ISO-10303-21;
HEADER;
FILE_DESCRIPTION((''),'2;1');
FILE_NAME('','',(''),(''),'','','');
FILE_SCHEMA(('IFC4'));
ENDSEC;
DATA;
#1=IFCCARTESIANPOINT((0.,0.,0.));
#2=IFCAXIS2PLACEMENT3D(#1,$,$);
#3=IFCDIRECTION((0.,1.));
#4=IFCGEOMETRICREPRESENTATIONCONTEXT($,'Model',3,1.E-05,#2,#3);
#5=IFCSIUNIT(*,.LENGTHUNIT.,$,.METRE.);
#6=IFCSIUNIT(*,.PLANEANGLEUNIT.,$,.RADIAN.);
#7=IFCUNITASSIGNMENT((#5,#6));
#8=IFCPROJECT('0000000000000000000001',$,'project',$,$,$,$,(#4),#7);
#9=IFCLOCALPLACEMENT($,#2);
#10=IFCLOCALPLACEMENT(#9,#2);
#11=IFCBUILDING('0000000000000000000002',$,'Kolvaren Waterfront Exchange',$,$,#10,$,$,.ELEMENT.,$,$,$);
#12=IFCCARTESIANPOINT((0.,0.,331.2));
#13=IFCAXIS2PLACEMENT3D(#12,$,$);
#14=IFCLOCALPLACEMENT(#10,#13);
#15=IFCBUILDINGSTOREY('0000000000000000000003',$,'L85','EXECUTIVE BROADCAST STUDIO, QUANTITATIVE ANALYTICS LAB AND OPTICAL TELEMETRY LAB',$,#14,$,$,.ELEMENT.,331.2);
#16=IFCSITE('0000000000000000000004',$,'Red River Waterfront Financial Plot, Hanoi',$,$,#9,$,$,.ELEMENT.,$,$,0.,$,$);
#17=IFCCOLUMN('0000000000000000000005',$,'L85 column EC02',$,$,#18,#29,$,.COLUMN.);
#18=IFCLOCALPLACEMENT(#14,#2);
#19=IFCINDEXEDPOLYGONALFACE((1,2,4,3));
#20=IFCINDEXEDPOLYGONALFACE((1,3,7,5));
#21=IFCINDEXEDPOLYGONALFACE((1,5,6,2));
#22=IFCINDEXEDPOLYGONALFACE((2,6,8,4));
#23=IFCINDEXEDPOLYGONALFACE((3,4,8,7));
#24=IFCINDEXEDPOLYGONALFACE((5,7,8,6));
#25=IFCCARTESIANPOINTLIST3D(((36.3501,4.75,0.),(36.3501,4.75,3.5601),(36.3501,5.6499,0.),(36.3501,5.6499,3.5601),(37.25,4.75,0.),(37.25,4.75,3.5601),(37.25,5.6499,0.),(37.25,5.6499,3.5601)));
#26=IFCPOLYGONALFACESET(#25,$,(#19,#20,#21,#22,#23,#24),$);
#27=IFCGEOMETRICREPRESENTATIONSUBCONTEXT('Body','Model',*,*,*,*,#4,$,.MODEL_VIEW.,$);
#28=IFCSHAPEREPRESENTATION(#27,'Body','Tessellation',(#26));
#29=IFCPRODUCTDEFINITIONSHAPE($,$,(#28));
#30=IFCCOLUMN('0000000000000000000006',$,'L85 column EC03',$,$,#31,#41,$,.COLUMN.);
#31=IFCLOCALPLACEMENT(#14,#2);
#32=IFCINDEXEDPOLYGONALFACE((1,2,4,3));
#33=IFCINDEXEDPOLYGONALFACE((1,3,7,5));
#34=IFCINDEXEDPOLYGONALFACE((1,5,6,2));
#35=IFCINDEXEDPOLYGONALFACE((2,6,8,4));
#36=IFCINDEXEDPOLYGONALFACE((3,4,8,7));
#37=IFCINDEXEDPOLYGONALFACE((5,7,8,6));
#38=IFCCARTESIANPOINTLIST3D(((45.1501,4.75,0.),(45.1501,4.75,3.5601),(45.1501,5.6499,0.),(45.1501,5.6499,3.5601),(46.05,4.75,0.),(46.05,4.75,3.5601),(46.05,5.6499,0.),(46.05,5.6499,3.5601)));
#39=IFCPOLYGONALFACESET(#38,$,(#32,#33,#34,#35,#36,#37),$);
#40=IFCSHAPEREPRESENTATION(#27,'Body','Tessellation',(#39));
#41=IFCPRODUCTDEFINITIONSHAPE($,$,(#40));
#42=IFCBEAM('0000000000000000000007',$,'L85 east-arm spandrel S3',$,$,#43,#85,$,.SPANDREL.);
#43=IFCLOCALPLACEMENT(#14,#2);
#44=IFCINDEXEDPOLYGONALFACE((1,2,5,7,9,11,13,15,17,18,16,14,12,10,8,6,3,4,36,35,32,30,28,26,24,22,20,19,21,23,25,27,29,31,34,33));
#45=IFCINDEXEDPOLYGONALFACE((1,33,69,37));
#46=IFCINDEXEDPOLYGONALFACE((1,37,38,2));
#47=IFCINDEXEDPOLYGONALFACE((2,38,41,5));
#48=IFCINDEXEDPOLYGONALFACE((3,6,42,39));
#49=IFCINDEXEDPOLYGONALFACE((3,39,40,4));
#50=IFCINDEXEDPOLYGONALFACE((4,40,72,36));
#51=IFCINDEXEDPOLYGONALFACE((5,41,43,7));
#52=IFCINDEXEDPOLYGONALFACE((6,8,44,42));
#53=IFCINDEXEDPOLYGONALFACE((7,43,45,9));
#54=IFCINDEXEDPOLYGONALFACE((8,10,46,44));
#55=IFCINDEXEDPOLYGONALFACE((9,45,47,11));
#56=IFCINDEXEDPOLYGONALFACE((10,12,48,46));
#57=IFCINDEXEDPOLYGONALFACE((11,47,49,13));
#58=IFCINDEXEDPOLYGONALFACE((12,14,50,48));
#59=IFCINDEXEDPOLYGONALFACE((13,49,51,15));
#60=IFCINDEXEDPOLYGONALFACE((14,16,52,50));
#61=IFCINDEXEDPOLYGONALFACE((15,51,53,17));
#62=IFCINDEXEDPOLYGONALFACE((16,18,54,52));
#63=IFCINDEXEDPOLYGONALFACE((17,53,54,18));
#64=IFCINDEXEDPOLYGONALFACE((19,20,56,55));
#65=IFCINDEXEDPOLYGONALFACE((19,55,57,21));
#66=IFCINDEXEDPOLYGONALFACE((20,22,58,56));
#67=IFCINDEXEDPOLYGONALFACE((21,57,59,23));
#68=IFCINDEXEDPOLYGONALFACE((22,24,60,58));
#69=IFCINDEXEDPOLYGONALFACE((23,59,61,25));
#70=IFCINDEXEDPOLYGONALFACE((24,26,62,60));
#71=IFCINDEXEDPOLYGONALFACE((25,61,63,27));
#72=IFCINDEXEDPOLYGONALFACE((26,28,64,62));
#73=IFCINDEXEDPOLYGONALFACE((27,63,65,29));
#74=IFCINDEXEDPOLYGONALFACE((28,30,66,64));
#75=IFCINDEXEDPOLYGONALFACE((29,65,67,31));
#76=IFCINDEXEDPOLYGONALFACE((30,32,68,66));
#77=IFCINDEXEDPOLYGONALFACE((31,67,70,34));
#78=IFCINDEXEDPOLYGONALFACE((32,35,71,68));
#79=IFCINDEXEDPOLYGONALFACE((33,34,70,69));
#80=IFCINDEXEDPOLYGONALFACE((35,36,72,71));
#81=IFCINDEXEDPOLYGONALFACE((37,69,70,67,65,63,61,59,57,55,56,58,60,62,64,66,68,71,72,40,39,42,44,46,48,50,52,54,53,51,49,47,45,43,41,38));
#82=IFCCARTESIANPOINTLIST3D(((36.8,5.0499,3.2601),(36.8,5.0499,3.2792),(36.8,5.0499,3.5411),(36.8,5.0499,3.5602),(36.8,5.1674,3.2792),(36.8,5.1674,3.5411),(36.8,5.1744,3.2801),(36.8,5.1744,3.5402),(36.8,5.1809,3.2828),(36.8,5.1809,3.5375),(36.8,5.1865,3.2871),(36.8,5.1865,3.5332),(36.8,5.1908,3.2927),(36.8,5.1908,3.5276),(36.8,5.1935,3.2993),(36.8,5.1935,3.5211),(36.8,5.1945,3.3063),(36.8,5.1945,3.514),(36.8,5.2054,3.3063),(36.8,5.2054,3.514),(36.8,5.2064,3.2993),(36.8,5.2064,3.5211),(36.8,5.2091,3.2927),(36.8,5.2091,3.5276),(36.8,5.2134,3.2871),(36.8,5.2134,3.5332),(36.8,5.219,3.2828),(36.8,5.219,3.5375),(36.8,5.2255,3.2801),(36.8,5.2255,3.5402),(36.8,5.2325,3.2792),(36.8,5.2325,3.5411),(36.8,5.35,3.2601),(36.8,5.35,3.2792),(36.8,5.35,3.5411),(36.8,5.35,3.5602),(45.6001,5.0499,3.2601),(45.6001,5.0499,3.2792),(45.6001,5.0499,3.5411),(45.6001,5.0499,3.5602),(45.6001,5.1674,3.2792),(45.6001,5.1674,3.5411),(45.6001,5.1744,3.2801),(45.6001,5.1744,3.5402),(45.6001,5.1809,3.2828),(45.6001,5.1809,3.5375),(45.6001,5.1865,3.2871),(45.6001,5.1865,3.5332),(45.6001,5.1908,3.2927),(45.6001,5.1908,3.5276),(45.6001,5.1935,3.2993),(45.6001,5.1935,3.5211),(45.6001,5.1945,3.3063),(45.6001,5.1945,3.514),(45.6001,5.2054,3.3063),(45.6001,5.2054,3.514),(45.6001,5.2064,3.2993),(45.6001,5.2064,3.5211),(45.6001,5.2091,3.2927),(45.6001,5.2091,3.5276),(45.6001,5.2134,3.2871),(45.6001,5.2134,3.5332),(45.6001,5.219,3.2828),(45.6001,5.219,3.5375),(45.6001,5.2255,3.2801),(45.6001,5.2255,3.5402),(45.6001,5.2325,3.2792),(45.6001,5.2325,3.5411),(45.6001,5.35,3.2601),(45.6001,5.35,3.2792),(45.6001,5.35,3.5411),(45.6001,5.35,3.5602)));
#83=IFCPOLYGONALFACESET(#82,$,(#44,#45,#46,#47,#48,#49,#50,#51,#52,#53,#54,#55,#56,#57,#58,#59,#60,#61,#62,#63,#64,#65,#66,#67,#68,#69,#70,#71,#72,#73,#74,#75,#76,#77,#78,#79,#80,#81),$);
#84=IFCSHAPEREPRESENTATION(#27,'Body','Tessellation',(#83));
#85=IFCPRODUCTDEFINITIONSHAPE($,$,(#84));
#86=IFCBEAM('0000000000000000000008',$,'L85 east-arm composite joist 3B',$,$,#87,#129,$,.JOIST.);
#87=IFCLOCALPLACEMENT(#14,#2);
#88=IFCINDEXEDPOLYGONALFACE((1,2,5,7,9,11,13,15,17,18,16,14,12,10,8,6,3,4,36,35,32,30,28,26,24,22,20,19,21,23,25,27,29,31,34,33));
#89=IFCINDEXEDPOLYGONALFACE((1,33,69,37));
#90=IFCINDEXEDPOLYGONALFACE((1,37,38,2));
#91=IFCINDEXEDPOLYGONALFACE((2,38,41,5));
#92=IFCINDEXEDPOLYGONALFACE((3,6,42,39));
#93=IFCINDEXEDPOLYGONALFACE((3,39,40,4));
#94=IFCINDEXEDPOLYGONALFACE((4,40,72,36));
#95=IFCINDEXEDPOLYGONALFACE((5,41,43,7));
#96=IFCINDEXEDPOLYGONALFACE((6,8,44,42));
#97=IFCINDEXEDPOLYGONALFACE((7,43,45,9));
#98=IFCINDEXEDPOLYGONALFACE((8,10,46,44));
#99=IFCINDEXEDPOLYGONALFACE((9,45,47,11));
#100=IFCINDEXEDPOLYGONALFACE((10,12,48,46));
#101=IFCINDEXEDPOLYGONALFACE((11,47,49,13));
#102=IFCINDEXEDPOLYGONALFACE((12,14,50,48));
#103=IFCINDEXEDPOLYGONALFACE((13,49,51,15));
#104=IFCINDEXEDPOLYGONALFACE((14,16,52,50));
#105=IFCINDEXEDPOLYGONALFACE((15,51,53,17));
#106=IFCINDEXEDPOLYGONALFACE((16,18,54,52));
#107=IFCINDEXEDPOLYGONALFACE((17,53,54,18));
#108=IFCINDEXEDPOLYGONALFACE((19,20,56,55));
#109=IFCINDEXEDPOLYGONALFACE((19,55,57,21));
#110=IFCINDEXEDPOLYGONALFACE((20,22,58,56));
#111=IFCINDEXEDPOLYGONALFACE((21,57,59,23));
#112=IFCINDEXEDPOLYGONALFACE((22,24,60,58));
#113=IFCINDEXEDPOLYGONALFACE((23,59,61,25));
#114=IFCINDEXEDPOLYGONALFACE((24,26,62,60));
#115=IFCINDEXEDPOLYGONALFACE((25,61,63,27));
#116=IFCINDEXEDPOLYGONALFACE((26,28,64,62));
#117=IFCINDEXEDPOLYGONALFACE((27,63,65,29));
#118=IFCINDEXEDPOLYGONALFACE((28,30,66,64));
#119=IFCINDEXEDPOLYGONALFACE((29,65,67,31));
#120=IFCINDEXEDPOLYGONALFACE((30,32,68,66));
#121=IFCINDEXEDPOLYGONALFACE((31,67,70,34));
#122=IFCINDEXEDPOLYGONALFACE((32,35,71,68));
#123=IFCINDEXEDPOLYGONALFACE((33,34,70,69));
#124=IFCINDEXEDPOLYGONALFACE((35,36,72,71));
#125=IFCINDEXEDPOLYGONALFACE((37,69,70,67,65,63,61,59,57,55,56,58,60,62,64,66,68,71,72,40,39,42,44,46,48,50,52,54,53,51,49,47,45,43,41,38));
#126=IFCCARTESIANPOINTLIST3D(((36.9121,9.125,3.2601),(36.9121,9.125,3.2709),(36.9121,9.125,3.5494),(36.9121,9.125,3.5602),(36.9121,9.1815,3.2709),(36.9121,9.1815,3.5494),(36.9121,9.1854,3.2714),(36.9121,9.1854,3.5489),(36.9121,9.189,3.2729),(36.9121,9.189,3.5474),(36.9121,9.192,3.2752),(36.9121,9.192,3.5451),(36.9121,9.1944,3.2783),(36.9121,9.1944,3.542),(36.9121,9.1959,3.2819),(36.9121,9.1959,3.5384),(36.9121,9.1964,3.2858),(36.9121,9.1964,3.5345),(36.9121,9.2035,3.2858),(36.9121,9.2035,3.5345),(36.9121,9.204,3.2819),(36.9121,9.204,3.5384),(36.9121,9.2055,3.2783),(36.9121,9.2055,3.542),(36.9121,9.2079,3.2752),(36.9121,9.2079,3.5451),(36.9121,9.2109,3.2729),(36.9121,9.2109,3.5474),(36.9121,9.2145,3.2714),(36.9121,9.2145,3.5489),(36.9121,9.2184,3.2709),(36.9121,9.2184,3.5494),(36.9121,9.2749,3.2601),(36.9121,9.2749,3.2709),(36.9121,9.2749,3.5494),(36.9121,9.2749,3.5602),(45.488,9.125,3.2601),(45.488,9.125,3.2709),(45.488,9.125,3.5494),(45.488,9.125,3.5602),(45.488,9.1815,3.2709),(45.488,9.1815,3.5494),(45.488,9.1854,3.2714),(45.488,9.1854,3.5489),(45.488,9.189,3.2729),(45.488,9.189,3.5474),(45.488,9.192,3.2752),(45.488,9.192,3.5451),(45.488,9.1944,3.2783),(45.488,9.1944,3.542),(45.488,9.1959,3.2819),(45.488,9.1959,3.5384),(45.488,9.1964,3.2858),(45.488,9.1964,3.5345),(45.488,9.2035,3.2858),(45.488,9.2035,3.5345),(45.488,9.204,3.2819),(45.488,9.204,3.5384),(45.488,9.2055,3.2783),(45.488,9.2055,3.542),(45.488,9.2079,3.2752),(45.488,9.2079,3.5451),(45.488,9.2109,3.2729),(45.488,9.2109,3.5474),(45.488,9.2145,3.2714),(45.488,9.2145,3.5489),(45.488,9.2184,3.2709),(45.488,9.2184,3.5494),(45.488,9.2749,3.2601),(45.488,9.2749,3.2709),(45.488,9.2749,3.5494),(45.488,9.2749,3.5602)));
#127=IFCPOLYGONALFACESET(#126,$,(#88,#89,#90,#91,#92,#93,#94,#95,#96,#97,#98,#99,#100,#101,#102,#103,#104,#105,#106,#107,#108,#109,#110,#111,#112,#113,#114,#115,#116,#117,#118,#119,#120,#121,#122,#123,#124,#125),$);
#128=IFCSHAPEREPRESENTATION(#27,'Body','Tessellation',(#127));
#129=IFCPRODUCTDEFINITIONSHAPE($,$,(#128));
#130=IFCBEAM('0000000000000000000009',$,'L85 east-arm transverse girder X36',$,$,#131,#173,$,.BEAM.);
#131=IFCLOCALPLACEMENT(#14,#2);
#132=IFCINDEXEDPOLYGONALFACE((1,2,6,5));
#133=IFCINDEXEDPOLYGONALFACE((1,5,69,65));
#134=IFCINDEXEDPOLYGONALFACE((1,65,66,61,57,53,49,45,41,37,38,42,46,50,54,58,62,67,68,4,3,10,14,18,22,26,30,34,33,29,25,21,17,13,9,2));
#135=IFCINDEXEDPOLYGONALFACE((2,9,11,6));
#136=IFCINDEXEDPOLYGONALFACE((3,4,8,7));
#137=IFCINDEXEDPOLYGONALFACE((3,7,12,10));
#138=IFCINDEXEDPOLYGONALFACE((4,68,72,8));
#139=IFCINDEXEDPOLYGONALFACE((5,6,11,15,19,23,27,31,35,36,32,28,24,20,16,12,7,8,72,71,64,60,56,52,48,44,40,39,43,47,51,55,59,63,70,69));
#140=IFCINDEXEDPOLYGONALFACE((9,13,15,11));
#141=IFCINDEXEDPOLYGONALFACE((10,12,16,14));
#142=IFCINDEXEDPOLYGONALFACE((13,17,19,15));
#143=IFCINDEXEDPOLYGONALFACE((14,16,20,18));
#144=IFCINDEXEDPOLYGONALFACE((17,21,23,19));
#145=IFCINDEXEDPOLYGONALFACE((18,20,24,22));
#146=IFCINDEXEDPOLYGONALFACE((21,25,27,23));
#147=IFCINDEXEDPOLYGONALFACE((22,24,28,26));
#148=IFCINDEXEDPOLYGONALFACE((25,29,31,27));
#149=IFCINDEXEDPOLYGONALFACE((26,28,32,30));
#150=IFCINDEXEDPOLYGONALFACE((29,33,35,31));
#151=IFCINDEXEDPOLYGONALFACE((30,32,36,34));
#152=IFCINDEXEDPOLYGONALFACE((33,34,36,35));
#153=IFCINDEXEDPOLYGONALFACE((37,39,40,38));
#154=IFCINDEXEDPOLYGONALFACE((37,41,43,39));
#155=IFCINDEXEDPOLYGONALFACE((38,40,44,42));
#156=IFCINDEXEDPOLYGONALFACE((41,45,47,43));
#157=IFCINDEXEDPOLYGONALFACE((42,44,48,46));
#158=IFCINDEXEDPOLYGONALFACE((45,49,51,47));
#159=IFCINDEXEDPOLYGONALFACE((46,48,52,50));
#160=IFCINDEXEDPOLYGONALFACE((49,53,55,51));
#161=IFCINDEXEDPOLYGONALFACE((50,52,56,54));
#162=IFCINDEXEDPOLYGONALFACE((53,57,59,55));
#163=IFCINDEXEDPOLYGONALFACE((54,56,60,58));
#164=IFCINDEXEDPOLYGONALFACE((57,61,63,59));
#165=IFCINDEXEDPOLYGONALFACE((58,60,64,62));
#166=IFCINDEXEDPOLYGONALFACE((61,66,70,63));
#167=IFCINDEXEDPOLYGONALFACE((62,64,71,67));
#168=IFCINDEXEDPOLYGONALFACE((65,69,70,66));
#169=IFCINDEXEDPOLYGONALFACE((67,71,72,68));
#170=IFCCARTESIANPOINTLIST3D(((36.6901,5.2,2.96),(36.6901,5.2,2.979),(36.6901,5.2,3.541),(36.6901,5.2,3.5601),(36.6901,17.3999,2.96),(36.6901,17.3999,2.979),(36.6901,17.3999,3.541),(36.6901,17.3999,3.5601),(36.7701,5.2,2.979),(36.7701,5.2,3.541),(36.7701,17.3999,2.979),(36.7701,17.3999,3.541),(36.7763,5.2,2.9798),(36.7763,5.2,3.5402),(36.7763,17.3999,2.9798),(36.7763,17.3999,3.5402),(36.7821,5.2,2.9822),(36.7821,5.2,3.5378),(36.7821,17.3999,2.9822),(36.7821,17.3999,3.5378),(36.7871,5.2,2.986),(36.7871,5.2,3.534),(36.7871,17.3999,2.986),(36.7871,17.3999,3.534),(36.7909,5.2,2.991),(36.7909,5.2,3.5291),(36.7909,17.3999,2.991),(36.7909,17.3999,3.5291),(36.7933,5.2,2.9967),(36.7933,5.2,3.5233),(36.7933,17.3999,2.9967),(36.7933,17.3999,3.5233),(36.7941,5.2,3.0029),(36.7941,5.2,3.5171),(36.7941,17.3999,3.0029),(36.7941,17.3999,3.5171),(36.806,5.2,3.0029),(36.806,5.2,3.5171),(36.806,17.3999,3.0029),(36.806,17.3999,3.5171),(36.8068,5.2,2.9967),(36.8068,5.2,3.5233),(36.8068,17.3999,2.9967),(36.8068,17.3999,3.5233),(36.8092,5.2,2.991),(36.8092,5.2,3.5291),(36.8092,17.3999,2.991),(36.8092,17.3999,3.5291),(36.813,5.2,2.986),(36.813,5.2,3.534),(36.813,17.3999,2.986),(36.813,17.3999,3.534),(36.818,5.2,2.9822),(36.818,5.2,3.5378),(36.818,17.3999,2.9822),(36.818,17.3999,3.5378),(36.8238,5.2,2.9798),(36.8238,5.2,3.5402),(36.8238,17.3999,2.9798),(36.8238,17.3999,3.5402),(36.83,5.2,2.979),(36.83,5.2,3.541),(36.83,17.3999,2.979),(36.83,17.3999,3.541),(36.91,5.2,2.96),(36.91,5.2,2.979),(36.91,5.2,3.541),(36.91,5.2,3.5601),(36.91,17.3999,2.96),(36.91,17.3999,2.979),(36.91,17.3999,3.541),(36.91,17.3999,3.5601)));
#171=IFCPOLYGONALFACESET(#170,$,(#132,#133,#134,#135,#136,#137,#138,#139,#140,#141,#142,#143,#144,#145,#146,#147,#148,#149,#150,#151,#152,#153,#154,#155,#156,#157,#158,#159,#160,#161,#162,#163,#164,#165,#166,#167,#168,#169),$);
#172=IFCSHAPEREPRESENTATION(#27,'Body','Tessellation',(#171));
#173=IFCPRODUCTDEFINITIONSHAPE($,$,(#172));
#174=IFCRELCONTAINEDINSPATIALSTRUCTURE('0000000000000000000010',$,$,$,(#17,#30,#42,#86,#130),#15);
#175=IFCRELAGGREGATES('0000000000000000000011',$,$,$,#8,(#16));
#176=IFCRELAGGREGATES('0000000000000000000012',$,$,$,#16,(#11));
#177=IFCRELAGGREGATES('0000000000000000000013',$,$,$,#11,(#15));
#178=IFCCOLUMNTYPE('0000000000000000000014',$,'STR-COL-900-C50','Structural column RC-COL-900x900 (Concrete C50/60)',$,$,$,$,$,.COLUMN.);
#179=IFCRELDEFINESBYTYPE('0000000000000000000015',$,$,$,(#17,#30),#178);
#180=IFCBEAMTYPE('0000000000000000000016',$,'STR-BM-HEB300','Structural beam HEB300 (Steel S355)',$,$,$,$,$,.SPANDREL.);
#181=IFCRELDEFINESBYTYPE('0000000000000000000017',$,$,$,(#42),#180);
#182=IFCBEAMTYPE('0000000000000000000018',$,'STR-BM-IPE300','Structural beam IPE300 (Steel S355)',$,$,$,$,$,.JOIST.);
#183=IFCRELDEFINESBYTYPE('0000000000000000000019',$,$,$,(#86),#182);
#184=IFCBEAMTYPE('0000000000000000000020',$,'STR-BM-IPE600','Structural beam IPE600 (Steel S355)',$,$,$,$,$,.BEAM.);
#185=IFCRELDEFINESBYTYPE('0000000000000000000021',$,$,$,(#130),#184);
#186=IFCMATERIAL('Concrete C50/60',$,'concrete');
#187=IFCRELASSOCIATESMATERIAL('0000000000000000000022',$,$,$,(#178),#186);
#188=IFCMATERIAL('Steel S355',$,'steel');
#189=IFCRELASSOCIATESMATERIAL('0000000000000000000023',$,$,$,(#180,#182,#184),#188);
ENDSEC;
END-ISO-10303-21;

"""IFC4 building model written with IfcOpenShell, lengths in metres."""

from ifc_helpers import new_model, si_unit, direction, frame, origin, origin_2d, place, context, subcontext, project, spatial, rectangle, i_section, extrude, material, material_profile, profile_set, type_object, element, save


model = new_model("IFC4")

# Units and contexts
model_context = context("Model", 3, precision=1e-05, world=origin(), true_north=direction((0.0, 1.0)))
body_context = subcontext(model_context, "Body", "Model", "MODEL_VIEW")
ifc_project = project(units=[si_unit("LENGTHUNIT", "METRE"), si_unit("PLANEANGLEUNIT", "RADIAN")], contexts=[model_context])

# Site, building, storey
site_placement = place(None, origin())
site = spatial("IfcSite", under=ifc_project, at=site_placement, Name="Red River Waterfront Financial Plot, Hanoi", CompositionType="ELEMENT", RefElevation=0.0)
building_placement = place(site_placement, origin())
building = spatial("IfcBuilding", under=site, at=building_placement, Name="Kolvaren Waterfront Exchange", CompositionType="ELEMENT")
storey_placement = place(building_placement, frame((0.0, 0.0, 331.2)))
storey = spatial("IfcBuildingStorey", under=building, at=storey_placement, Name="L85", Description="EXECUTIVE BROADCAST STUDIO, QUANTITATIVE ANALYTICS LAB AND OPTICAL TELEMETRY LAB", CompositionType="ELEMENT", Elevation=331.2)

# Columns
ifc_material_1 = material(Name="Concrete C50/60", Category="concrete")
ifc_material_profile_1 = material_profile(ifc_material_1, rectangle(XDim=0.8999, YDim=0.8999, at=origin_2d()), Name="RC-COL-900x900")
ifc_profile_set_1 = profile_set([ifc_material_profile_1], Name="Concrete C50/60")
column_type = type_object("IfcColumnType", Name="STR-COL-900-C50", Description="Structural column RC-COL-900x900 (Concrete C50/60)", PredefinedType="COLUMN", material=ifc_profile_set_1)
for number, where, z_axis, x_axis, name in (
    (1, (36.8, 5.2, 0.0), (0.0, 0.0, 1.0), (1.0, 0.0, 0.0), "L85 column EC02"),
    (2, (45.6001, 5.2, 0.0), (0.0, 0.0, 1.0), (1.0, 0.0, 0.0), "L85 column EC03"),
):
    element("IfcColumn", number, at=place(storey_placement, frame(where, z_axis=z_axis, x_axis=x_axis)), inside=storey, type_object=column_type, Name=name, PredefinedType="COLUMN", context=body_context, shape_type="SweptSolid", body=[
        extrude(rectangle(XDim=0.8999, YDim=0.8999, at=origin_2d()), origin(), (0.0, 0.0, 1.0), 3.5601),
    ])

# Beams
ifc_material_2 = material(Name="Steel S355", Category="steel")
ifc_material_profile_2 = material_profile(ifc_material_2, i_section(OverallWidth=0.3, OverallDepth=0.3, WebThickness=0.011, FlangeThickness=0.019, FilletRadius=0.0271, at=origin_2d()), Name="HEB300")
ifc_profile_set_2 = profile_set([ifc_material_profile_2], Name="Steel S355")
beam_type_1 = type_object("IfcBeamType", Name="STR-BM-HEB300", Description="Structural beam HEB300 (Steel S355)", PredefinedType="SPANDREL", material=ifc_profile_set_2)
beam_1_placement = place(storey_placement, frame((36.8, 5.2, 3.4102), z_axis=(1.0, 0.0, 0.0), x_axis=(0.0, 1.0, 0.0)))
element("IfcBeam", 3, at=beam_1_placement, inside=storey, type_object=beam_type_1, Name="L85 east-arm spandrel S3", PredefinedType="SPANDREL", context=body_context, shape_type="SweptSolid", body=[
    extrude(i_section(OverallWidth=0.3, OverallDepth=0.3, WebThickness=0.011, FlangeThickness=0.019, FilletRadius=0.0271, at=origin_2d()), origin(), (0.0, 0.0, 1.0), 8.8),
])
ifc_material_profile_3 = material_profile(ifc_material_2, i_section(OverallWidth=0.1499, OverallDepth=0.3, WebThickness=0.0071, FlangeThickness=0.0107, FilletRadius=0.0149, at=origin_2d()), Name="IPE300")
ifc_profile_set_3 = profile_set([ifc_material_profile_3], Name="Steel S355")
beam_type_2 = type_object("IfcBeamType", Name="STR-BM-IPE300", Description="Structural beam IPE300 (Steel S355)", PredefinedType="JOIST", material=ifc_profile_set_3)
beam_2_placement = place(storey_placement, frame((36.9121, 9.2, 3.4102), z_axis=(1.0, 0.0, 0.0), x_axis=(0.0, 1.0, 0.0)))
element("IfcBeam", 4, at=beam_2_placement, inside=storey, type_object=beam_type_2, Name="L85 east-arm composite joist 3B", PredefinedType="JOIST", context=body_context, shape_type="SweptSolid", body=[
    extrude(i_section(OverallWidth=0.1499, OverallDepth=0.3, WebThickness=0.0071, FlangeThickness=0.0107, FilletRadius=0.0149, at=origin_2d()), origin(), (0.0, 0.0, 1.0), 8.5759),
])
ifc_material_profile_4 = material_profile(ifc_material_2, i_section(OverallWidth=0.22, OverallDepth=0.6001, WebThickness=0.012, FlangeThickness=0.019, FilletRadius=0.0239, at=origin_2d()), Name="IPE600")
ifc_profile_set_4 = profile_set([ifc_material_profile_4], Name="Steel S355")
beam_type_3 = type_object("IfcBeamType", Name="STR-BM-IPE600", Description="Structural beam IPE600 (Steel S355)", PredefinedType="BEAM", material=ifc_profile_set_4)
for number, where, z_axis, x_axis, name in (
    (5, (36.8, 5.2, 3.26), (0.0, 1.0, 0.0), (-1.0, 0.0, 0.0), "L85 east-arm transverse girder X36"),
):
    element("IfcBeam", number, at=place(storey_placement, frame(where, z_axis=z_axis, x_axis=x_axis)), inside=storey, type_object=beam_type_3, Name=name, PredefinedType="BEAM", context=body_context, shape_type="SweptSolid", body=[
        extrude(i_section(OverallWidth=0.22, OverallDepth=0.6001, WebThickness=0.012, FlangeThickness=0.019, FilletRadius=0.0239, at=origin_2d()), origin(), (0.0, 0.0, 1.0), 12.2),
    ])

save(model, "model.ifc")
